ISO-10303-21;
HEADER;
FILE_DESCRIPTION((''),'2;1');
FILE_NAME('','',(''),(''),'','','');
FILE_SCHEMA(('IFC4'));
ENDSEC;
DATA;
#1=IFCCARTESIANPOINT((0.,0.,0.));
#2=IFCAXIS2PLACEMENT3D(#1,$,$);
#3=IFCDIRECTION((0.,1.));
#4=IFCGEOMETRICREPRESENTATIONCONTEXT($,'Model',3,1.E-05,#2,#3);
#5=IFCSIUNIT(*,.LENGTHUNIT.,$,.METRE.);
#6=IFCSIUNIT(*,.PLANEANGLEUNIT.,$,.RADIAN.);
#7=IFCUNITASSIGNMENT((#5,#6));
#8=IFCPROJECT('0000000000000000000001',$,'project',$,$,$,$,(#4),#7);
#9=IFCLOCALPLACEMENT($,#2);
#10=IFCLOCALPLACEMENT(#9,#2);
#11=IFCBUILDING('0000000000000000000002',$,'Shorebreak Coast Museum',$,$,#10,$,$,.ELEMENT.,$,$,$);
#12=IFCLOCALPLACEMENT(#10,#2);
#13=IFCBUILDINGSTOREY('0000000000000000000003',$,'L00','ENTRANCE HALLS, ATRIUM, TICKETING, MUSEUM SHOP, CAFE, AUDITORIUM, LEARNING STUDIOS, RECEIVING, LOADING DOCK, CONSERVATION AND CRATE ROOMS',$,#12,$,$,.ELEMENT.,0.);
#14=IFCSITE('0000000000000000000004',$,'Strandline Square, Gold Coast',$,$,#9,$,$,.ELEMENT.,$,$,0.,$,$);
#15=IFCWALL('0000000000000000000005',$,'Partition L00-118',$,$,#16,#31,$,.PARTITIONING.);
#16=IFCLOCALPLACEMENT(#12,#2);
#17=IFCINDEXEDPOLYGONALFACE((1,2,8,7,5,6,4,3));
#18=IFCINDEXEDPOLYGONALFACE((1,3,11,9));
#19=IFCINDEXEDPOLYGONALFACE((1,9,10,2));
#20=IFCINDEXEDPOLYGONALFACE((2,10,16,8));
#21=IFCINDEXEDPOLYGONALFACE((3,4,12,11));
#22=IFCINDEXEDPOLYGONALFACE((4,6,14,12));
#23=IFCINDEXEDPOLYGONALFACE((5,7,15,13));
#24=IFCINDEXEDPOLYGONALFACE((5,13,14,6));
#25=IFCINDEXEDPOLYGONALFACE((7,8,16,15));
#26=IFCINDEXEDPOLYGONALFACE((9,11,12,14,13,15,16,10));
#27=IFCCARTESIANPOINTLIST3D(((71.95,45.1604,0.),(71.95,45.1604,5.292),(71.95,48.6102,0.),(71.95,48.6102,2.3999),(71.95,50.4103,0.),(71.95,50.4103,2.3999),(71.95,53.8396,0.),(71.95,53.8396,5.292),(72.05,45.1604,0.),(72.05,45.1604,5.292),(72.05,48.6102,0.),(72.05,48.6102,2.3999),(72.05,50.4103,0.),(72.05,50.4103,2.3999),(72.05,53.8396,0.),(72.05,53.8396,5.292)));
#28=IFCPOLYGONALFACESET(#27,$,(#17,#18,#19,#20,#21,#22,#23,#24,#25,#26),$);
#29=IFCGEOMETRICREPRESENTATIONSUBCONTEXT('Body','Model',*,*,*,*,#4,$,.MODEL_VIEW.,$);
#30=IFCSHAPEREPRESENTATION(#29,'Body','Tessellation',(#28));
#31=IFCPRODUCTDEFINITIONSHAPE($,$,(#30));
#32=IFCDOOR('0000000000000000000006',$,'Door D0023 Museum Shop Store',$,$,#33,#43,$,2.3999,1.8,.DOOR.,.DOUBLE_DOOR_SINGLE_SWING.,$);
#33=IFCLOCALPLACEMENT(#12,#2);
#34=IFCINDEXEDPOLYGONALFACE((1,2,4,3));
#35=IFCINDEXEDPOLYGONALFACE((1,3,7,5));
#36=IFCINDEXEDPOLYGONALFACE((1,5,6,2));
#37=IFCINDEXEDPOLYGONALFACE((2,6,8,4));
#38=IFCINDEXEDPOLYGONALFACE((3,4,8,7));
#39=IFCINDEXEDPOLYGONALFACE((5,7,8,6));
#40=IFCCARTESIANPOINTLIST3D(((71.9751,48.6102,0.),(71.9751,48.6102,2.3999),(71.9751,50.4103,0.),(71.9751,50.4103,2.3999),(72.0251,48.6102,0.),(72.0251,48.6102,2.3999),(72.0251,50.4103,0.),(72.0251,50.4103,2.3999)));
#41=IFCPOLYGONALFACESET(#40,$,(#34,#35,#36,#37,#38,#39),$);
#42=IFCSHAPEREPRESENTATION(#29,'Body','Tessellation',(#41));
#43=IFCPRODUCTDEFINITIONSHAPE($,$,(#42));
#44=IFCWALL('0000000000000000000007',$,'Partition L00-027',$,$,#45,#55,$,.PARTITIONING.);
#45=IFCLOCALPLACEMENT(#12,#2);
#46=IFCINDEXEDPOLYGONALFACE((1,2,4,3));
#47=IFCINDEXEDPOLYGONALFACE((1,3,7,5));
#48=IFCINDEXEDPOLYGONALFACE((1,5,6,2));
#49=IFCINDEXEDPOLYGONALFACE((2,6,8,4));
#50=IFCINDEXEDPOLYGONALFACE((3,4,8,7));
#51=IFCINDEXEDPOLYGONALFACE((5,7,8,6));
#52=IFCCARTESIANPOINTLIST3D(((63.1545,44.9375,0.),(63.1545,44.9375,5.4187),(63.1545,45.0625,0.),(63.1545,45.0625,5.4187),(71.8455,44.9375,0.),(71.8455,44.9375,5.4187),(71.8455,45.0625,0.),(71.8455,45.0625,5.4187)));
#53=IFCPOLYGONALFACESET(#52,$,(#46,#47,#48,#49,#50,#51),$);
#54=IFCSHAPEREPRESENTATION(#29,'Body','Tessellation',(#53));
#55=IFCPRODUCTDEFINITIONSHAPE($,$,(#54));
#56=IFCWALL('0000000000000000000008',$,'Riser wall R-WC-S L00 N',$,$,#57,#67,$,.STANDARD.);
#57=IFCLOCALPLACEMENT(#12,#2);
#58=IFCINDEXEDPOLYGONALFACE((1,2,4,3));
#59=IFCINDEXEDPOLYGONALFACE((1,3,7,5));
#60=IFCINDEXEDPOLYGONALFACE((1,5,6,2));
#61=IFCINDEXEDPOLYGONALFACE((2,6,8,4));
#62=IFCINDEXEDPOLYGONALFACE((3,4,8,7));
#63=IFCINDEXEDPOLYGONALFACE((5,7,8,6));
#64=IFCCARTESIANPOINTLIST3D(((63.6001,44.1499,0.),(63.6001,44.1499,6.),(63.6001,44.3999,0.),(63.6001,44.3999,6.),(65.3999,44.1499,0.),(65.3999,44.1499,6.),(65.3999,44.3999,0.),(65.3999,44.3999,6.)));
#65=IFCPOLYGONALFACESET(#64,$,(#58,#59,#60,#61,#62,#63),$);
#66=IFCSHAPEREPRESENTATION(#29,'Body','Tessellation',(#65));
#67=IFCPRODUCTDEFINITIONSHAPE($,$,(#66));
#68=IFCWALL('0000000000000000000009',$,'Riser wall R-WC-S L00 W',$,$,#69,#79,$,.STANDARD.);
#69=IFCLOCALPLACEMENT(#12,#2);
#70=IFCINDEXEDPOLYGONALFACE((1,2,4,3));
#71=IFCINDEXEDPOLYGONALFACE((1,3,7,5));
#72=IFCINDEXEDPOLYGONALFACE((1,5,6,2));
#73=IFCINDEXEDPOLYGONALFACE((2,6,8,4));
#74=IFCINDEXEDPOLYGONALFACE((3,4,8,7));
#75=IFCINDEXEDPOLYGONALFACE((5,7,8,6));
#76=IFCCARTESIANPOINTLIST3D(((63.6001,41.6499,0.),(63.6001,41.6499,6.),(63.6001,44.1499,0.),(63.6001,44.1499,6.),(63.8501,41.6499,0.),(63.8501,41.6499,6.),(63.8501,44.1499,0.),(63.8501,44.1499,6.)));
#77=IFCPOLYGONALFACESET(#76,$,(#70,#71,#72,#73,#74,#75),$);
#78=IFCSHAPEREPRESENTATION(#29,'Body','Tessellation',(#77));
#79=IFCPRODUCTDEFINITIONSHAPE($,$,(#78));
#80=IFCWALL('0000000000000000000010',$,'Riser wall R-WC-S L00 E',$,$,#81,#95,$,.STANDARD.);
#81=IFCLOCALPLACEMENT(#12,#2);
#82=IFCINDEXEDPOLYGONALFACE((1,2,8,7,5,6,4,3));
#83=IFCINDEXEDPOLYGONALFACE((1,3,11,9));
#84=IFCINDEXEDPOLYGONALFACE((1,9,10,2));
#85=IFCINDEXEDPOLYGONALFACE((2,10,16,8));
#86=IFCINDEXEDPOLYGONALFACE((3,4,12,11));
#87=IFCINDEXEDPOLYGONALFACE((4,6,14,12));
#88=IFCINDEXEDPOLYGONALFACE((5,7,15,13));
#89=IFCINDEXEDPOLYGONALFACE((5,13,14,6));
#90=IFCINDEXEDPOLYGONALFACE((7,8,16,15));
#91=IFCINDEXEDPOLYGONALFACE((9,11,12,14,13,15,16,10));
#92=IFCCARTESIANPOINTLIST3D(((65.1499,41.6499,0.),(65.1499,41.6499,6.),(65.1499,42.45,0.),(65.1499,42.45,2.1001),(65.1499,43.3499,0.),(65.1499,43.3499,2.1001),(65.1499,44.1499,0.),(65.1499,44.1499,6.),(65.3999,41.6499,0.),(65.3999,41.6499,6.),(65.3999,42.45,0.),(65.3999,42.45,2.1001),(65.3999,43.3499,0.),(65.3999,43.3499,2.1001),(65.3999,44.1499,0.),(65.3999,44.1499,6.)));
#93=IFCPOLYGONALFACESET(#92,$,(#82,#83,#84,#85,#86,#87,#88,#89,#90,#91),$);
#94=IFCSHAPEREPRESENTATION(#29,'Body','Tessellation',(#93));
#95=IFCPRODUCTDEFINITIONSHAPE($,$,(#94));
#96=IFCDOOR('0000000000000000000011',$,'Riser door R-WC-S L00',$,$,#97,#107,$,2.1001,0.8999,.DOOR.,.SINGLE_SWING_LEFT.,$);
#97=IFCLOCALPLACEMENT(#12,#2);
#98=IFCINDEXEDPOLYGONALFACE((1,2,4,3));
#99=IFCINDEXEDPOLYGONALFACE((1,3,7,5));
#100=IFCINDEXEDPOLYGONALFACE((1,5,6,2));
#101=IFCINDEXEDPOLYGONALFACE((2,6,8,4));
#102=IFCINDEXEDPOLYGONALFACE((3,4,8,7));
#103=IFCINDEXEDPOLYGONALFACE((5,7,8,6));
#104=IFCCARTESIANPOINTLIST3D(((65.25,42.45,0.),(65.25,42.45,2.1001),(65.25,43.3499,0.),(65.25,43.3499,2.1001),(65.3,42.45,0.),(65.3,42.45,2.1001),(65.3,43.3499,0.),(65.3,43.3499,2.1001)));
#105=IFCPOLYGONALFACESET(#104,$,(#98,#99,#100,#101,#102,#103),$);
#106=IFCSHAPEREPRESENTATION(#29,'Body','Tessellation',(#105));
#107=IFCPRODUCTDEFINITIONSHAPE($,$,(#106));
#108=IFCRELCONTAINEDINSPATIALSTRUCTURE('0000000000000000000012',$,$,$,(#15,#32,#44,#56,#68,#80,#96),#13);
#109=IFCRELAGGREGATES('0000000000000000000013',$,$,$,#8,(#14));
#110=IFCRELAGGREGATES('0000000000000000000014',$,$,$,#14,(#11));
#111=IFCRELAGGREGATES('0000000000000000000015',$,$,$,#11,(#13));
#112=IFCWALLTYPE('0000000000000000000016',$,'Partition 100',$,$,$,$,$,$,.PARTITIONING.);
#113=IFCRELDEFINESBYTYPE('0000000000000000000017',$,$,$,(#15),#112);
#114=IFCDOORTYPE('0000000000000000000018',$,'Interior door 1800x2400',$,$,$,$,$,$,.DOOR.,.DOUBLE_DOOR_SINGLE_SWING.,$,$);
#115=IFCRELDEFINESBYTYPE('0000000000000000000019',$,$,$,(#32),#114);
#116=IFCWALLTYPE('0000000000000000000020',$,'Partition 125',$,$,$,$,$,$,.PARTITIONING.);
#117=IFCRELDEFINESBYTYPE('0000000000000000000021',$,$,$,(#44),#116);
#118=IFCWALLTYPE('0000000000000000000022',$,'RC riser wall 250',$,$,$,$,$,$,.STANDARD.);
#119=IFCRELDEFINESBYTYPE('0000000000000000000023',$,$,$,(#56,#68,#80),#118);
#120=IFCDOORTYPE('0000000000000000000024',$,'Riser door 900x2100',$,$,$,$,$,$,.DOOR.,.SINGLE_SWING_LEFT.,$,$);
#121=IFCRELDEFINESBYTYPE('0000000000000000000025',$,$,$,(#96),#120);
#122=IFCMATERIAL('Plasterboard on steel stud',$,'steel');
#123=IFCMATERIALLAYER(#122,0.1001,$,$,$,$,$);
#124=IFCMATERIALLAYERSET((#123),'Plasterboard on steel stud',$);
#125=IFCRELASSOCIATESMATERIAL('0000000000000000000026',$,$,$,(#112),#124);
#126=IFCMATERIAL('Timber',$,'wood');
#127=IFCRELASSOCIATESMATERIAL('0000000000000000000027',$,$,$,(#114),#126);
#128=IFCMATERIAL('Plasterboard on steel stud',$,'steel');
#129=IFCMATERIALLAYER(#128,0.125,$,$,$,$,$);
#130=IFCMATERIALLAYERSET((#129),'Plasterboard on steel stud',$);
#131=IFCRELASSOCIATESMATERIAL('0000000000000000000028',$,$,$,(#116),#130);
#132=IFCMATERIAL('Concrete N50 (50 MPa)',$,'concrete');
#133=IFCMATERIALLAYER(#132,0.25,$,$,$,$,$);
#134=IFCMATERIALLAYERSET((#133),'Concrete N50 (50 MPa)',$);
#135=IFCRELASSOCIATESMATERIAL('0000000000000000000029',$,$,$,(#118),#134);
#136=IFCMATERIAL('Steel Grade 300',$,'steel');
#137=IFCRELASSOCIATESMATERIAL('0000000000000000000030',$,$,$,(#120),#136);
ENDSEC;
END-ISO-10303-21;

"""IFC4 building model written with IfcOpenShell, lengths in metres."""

from ifc_helpers import new_model, si_unit, direction, frame, frame_2d, origin, place, context, subcontext, project, spatial, rectangle, extrude, material, layer, layer_set, type_object, element, fill, save


model = new_model("IFC4")

# Units and contexts
model_context = context("Model", 3, precision=1e-05, world=origin(), true_north=direction((0.0, 1.0)))
body_context = subcontext(model_context, "Body", "Model", "MODEL_VIEW")
ifc_project = project(units=[si_unit("LENGTHUNIT", "METRE"), si_unit("PLANEANGLEUNIT", "RADIAN")], contexts=[model_context])

# Site, building, storey
site_placement = place(None, origin())
site = spatial("IfcSite", under=ifc_project, at=site_placement, Name="Strandline Square, Gold Coast", CompositionType="ELEMENT", RefElevation=0.0)
building_placement = place(site_placement, origin())
building = spatial("IfcBuilding", under=site, at=building_placement, Name="Shorebreak Coast Museum", CompositionType="ELEMENT")
storey_placement = place(building_placement, origin())
storey = spatial("IfcBuildingStorey", under=building, at=storey_placement, Name="L00", Description="ENTRANCE HALLS, ATRIUM, TICKETING, MUSEUM SHOP, CAFE, AUDITORIUM, LEARNING STUDIOS, RECEIVING, LOADING DOCK, CONSERVATION AND CRATE ROOMS", CompositionType="ELEMENT", Elevation=0.0)

# Shared definitions
ifc_material_1 = material(Name="Plasterboard on steel stud", Category="steel")
ifc_layer_1 = layer(ifc_material_1, 0.1001)
ifc_layer_set_1 = layer_set([ifc_layer_1], Name="Plasterboard on steel stud")
wall_type_1 = type_object("IfcWallType", Name="Partition 100", PredefinedType="PARTITIONING", material=ifc_layer_set_1)

# Wall, opening, door
wall_1_placement = place(storey_placement, frame((72.0, 45.1604, 0.0), z_axis=(0.0, 0.0, 1.0), x_axis=(0.0, 1.0, 0.0)))
wall_1 = element("IfcWall", 1, at=wall_1_placement, inside=storey, type_object=wall_type_1, Name="Partition L00-118", PredefinedType="PARTITIONING", context=body_context, shape_type="SweptSolid", body=[
    extrude(rectangle(XDim=8.6792, YDim=0.1001, at=frame_2d((4.3396, 0.0))), origin(), (0.0, 0.0, 1.0), 5.292),
])
opening_1_placement = place(wall_1_placement, frame((3.45, 0.0, 0.0)))
opening_1 = element("IfcOpeningElement", 2, at=opening_1_placement, cuts=wall_1, PredefinedType="OPENING", context=body_context, shape_type="SweptSolid", body=[
    extrude(rectangle(XDim=1.8, YDim=2.3999, at=frame_2d((0.8999, 1.2))), frame((0.0, 0.0601, 0.0), z_axis=(0.0, -1.0, 0.0), x_axis=(1.0, 0.0, 0.0)), (0.0, 0.0, 1.0), 0.1201),
])
ifc_material_2 = material(Name="Timber", Category="wood")
door_type_1 = type_object("IfcDoorType", Name="Interior door 1800x2400", OperationType="DOUBLE_DOOR_SINGLE_SWING", PredefinedType="DOOR", material=ifc_material_2)
door_1_placement = place(opening_1_placement, origin())
door_1 = element("IfcDoor", 3, at=door_1_placement, inside=storey, type_object=door_type_1, Name="Door D0023 Museum Shop Store", OperationType="DOUBLE_DOOR_SINGLE_SWING", OverallHeight=2.3999, OverallWidth=1.8, PredefinedType="DOOR", context=body_context, shape_type="SweptSolid", body=[
    extrude(rectangle(XDim=1.8, YDim=2.3999, at=frame_2d((0.8999, 1.2))), frame((0.0, 0.0249, 0.0), z_axis=(0.0, -1.0, 0.0), x_axis=(1.0, 0.0, 0.0)), (0.0, 0.0, 1.0), 0.05),
])
fill(opening_1, door_1)

# Walls
ifc_material_3 = material(Name="Plasterboard on steel stud", Category="steel")
ifc_layer_2 = layer(ifc_material_3, 0.125)
ifc_layer_set_2 = layer_set([ifc_layer_2], Name="Plasterboard on steel stud")
wall_type_2 = type_object("IfcWallType", Name="Partition 125", PredefinedType="PARTITIONING", material=ifc_layer_set_2)
wall_2_placement = place(storey_placement, frame((63.1545, 45.0, 0.0), z_axis=(0.0, 0.0, 1.0), x_axis=(1.0, 0.0, 0.0)))
element("IfcWall", 4, at=wall_2_placement, inside=storey, type_object=wall_type_2, Name="Partition L00-027", PredefinedType="PARTITIONING", context=body_context, shape_type="SweptSolid", body=[
    extrude(rectangle(XDim=8.6909, YDim=0.125, at=frame_2d((4.3455, 0.0))), origin(), (0.0, 0.0, 1.0), 5.4187),
])
ifc_material_4 = material(Name="Concrete N50 (50 MPa)", Category="concrete")
ifc_layer_3 = layer(ifc_material_4, 0.25)
ifc_layer_set_3 = layer_set([ifc_layer_3], Name="Concrete N50 (50 MPa)")
wall_type_3 = type_object("IfcWallType", Name="RC riser wall 250", PredefinedType="STANDARD", material=ifc_layer_set_3)
wall_3_placement = place(storey_placement, frame((63.6001, 44.2749, 0.0), z_axis=(0.0, 0.0, 1.0), x_axis=(1.0, 0.0, 0.0)))
element("IfcWall", 5, at=wall_3_placement, inside=storey, type_object=wall_type_3, Name="Riser wall R-WC-S L00 N", PredefinedType="STANDARD", context=body_context, shape_type="SweptSolid", body=[
    extrude(rectangle(XDim=1.7998, YDim=0.25, at=frame_2d((0.8999, 0.0))), origin(), (0.0, 0.0, 1.0), 6.0),
])
wall_4_placement = place(storey_placement, frame((63.7251, 41.6499, 0.0), z_axis=(0.0, 0.0, 1.0), x_axis=(0.0, 1.0, 0.0)))
element("IfcWall", 6, at=wall_4_placement, inside=storey, type_object=wall_type_3, Name="Riser wall R-WC-S L00 W", PredefinedType="STANDARD", context=body_context, shape_type="SweptSolid", body=[
    extrude(rectangle(XDim=2.5, YDim=0.25, at=frame_2d((1.25, 0.0))), origin(), (0.0, 0.0, 1.0), 6.0),
])

# Wall, opening, door
wall_5_placement = place(storey_placement, frame((65.2749, 41.6499, 0.0), z_axis=(0.0, 0.0, 1.0), x_axis=(0.0, 1.0, 0.0)))
wall_5 = element("IfcWall", 7, at=wall_5_placement, inside=storey, type_object=wall_type_3, Name="Riser wall R-WC-S L00 E", PredefinedType="STANDARD", context=body_context, shape_type="SweptSolid", body=[
    extrude(rectangle(XDim=2.5, YDim=0.25, at=frame_2d((1.25, 0.0))), origin(), (0.0, 0.0, 1.0), 6.0),
])
opening_2_placement = place(wall_5_placement, frame((0.8, 0.0, 0.0)))
opening_2 = element("IfcOpeningElement", 8, at=opening_2_placement, cuts=wall_5, PredefinedType="OPENING", context=body_context, shape_type="SweptSolid", body=[
    extrude(rectangle(XDim=0.8999, YDim=2.1001, at=frame_2d((0.45, 1.05))), frame((0.0, 0.135, 0.0), z_axis=(0.0, -1.0, 0.0), x_axis=(1.0, 0.0, 0.0)), (0.0, 0.0, 1.0), 0.27),
])
ifc_material_5 = material(Name="Steel Grade 300", Category="steel")
door_type_2 = type_object("IfcDoorType", Name="Riser door 900x2100", OperationType="SINGLE_SWING_LEFT", PredefinedType="DOOR", material=ifc_material_5)
door_2_placement = place(opening_2_placement, origin())
door_2 = element("IfcDoor", 9, at=door_2_placement, inside=storey, type_object=door_type_2, Name="Riser door R-WC-S L00", OperationType="SINGLE_SWING_LEFT", OverallHeight=2.1001, OverallWidth=0.8999, PredefinedType="DOOR", context=body_context, shape_type="SweptSolid", body=[
    extrude(rectangle(XDim=0.8999, YDim=2.1001, at=frame_2d((0.45, 1.05))), frame((0.0, 0.0249, 0.0), z_axis=(0.0, -1.0, 0.0), x_axis=(1.0, 0.0, 0.0)), (0.0, 0.0, 1.0), 0.05),
])
fill(opening_2, door_2)

save(model, "model.ifc")
